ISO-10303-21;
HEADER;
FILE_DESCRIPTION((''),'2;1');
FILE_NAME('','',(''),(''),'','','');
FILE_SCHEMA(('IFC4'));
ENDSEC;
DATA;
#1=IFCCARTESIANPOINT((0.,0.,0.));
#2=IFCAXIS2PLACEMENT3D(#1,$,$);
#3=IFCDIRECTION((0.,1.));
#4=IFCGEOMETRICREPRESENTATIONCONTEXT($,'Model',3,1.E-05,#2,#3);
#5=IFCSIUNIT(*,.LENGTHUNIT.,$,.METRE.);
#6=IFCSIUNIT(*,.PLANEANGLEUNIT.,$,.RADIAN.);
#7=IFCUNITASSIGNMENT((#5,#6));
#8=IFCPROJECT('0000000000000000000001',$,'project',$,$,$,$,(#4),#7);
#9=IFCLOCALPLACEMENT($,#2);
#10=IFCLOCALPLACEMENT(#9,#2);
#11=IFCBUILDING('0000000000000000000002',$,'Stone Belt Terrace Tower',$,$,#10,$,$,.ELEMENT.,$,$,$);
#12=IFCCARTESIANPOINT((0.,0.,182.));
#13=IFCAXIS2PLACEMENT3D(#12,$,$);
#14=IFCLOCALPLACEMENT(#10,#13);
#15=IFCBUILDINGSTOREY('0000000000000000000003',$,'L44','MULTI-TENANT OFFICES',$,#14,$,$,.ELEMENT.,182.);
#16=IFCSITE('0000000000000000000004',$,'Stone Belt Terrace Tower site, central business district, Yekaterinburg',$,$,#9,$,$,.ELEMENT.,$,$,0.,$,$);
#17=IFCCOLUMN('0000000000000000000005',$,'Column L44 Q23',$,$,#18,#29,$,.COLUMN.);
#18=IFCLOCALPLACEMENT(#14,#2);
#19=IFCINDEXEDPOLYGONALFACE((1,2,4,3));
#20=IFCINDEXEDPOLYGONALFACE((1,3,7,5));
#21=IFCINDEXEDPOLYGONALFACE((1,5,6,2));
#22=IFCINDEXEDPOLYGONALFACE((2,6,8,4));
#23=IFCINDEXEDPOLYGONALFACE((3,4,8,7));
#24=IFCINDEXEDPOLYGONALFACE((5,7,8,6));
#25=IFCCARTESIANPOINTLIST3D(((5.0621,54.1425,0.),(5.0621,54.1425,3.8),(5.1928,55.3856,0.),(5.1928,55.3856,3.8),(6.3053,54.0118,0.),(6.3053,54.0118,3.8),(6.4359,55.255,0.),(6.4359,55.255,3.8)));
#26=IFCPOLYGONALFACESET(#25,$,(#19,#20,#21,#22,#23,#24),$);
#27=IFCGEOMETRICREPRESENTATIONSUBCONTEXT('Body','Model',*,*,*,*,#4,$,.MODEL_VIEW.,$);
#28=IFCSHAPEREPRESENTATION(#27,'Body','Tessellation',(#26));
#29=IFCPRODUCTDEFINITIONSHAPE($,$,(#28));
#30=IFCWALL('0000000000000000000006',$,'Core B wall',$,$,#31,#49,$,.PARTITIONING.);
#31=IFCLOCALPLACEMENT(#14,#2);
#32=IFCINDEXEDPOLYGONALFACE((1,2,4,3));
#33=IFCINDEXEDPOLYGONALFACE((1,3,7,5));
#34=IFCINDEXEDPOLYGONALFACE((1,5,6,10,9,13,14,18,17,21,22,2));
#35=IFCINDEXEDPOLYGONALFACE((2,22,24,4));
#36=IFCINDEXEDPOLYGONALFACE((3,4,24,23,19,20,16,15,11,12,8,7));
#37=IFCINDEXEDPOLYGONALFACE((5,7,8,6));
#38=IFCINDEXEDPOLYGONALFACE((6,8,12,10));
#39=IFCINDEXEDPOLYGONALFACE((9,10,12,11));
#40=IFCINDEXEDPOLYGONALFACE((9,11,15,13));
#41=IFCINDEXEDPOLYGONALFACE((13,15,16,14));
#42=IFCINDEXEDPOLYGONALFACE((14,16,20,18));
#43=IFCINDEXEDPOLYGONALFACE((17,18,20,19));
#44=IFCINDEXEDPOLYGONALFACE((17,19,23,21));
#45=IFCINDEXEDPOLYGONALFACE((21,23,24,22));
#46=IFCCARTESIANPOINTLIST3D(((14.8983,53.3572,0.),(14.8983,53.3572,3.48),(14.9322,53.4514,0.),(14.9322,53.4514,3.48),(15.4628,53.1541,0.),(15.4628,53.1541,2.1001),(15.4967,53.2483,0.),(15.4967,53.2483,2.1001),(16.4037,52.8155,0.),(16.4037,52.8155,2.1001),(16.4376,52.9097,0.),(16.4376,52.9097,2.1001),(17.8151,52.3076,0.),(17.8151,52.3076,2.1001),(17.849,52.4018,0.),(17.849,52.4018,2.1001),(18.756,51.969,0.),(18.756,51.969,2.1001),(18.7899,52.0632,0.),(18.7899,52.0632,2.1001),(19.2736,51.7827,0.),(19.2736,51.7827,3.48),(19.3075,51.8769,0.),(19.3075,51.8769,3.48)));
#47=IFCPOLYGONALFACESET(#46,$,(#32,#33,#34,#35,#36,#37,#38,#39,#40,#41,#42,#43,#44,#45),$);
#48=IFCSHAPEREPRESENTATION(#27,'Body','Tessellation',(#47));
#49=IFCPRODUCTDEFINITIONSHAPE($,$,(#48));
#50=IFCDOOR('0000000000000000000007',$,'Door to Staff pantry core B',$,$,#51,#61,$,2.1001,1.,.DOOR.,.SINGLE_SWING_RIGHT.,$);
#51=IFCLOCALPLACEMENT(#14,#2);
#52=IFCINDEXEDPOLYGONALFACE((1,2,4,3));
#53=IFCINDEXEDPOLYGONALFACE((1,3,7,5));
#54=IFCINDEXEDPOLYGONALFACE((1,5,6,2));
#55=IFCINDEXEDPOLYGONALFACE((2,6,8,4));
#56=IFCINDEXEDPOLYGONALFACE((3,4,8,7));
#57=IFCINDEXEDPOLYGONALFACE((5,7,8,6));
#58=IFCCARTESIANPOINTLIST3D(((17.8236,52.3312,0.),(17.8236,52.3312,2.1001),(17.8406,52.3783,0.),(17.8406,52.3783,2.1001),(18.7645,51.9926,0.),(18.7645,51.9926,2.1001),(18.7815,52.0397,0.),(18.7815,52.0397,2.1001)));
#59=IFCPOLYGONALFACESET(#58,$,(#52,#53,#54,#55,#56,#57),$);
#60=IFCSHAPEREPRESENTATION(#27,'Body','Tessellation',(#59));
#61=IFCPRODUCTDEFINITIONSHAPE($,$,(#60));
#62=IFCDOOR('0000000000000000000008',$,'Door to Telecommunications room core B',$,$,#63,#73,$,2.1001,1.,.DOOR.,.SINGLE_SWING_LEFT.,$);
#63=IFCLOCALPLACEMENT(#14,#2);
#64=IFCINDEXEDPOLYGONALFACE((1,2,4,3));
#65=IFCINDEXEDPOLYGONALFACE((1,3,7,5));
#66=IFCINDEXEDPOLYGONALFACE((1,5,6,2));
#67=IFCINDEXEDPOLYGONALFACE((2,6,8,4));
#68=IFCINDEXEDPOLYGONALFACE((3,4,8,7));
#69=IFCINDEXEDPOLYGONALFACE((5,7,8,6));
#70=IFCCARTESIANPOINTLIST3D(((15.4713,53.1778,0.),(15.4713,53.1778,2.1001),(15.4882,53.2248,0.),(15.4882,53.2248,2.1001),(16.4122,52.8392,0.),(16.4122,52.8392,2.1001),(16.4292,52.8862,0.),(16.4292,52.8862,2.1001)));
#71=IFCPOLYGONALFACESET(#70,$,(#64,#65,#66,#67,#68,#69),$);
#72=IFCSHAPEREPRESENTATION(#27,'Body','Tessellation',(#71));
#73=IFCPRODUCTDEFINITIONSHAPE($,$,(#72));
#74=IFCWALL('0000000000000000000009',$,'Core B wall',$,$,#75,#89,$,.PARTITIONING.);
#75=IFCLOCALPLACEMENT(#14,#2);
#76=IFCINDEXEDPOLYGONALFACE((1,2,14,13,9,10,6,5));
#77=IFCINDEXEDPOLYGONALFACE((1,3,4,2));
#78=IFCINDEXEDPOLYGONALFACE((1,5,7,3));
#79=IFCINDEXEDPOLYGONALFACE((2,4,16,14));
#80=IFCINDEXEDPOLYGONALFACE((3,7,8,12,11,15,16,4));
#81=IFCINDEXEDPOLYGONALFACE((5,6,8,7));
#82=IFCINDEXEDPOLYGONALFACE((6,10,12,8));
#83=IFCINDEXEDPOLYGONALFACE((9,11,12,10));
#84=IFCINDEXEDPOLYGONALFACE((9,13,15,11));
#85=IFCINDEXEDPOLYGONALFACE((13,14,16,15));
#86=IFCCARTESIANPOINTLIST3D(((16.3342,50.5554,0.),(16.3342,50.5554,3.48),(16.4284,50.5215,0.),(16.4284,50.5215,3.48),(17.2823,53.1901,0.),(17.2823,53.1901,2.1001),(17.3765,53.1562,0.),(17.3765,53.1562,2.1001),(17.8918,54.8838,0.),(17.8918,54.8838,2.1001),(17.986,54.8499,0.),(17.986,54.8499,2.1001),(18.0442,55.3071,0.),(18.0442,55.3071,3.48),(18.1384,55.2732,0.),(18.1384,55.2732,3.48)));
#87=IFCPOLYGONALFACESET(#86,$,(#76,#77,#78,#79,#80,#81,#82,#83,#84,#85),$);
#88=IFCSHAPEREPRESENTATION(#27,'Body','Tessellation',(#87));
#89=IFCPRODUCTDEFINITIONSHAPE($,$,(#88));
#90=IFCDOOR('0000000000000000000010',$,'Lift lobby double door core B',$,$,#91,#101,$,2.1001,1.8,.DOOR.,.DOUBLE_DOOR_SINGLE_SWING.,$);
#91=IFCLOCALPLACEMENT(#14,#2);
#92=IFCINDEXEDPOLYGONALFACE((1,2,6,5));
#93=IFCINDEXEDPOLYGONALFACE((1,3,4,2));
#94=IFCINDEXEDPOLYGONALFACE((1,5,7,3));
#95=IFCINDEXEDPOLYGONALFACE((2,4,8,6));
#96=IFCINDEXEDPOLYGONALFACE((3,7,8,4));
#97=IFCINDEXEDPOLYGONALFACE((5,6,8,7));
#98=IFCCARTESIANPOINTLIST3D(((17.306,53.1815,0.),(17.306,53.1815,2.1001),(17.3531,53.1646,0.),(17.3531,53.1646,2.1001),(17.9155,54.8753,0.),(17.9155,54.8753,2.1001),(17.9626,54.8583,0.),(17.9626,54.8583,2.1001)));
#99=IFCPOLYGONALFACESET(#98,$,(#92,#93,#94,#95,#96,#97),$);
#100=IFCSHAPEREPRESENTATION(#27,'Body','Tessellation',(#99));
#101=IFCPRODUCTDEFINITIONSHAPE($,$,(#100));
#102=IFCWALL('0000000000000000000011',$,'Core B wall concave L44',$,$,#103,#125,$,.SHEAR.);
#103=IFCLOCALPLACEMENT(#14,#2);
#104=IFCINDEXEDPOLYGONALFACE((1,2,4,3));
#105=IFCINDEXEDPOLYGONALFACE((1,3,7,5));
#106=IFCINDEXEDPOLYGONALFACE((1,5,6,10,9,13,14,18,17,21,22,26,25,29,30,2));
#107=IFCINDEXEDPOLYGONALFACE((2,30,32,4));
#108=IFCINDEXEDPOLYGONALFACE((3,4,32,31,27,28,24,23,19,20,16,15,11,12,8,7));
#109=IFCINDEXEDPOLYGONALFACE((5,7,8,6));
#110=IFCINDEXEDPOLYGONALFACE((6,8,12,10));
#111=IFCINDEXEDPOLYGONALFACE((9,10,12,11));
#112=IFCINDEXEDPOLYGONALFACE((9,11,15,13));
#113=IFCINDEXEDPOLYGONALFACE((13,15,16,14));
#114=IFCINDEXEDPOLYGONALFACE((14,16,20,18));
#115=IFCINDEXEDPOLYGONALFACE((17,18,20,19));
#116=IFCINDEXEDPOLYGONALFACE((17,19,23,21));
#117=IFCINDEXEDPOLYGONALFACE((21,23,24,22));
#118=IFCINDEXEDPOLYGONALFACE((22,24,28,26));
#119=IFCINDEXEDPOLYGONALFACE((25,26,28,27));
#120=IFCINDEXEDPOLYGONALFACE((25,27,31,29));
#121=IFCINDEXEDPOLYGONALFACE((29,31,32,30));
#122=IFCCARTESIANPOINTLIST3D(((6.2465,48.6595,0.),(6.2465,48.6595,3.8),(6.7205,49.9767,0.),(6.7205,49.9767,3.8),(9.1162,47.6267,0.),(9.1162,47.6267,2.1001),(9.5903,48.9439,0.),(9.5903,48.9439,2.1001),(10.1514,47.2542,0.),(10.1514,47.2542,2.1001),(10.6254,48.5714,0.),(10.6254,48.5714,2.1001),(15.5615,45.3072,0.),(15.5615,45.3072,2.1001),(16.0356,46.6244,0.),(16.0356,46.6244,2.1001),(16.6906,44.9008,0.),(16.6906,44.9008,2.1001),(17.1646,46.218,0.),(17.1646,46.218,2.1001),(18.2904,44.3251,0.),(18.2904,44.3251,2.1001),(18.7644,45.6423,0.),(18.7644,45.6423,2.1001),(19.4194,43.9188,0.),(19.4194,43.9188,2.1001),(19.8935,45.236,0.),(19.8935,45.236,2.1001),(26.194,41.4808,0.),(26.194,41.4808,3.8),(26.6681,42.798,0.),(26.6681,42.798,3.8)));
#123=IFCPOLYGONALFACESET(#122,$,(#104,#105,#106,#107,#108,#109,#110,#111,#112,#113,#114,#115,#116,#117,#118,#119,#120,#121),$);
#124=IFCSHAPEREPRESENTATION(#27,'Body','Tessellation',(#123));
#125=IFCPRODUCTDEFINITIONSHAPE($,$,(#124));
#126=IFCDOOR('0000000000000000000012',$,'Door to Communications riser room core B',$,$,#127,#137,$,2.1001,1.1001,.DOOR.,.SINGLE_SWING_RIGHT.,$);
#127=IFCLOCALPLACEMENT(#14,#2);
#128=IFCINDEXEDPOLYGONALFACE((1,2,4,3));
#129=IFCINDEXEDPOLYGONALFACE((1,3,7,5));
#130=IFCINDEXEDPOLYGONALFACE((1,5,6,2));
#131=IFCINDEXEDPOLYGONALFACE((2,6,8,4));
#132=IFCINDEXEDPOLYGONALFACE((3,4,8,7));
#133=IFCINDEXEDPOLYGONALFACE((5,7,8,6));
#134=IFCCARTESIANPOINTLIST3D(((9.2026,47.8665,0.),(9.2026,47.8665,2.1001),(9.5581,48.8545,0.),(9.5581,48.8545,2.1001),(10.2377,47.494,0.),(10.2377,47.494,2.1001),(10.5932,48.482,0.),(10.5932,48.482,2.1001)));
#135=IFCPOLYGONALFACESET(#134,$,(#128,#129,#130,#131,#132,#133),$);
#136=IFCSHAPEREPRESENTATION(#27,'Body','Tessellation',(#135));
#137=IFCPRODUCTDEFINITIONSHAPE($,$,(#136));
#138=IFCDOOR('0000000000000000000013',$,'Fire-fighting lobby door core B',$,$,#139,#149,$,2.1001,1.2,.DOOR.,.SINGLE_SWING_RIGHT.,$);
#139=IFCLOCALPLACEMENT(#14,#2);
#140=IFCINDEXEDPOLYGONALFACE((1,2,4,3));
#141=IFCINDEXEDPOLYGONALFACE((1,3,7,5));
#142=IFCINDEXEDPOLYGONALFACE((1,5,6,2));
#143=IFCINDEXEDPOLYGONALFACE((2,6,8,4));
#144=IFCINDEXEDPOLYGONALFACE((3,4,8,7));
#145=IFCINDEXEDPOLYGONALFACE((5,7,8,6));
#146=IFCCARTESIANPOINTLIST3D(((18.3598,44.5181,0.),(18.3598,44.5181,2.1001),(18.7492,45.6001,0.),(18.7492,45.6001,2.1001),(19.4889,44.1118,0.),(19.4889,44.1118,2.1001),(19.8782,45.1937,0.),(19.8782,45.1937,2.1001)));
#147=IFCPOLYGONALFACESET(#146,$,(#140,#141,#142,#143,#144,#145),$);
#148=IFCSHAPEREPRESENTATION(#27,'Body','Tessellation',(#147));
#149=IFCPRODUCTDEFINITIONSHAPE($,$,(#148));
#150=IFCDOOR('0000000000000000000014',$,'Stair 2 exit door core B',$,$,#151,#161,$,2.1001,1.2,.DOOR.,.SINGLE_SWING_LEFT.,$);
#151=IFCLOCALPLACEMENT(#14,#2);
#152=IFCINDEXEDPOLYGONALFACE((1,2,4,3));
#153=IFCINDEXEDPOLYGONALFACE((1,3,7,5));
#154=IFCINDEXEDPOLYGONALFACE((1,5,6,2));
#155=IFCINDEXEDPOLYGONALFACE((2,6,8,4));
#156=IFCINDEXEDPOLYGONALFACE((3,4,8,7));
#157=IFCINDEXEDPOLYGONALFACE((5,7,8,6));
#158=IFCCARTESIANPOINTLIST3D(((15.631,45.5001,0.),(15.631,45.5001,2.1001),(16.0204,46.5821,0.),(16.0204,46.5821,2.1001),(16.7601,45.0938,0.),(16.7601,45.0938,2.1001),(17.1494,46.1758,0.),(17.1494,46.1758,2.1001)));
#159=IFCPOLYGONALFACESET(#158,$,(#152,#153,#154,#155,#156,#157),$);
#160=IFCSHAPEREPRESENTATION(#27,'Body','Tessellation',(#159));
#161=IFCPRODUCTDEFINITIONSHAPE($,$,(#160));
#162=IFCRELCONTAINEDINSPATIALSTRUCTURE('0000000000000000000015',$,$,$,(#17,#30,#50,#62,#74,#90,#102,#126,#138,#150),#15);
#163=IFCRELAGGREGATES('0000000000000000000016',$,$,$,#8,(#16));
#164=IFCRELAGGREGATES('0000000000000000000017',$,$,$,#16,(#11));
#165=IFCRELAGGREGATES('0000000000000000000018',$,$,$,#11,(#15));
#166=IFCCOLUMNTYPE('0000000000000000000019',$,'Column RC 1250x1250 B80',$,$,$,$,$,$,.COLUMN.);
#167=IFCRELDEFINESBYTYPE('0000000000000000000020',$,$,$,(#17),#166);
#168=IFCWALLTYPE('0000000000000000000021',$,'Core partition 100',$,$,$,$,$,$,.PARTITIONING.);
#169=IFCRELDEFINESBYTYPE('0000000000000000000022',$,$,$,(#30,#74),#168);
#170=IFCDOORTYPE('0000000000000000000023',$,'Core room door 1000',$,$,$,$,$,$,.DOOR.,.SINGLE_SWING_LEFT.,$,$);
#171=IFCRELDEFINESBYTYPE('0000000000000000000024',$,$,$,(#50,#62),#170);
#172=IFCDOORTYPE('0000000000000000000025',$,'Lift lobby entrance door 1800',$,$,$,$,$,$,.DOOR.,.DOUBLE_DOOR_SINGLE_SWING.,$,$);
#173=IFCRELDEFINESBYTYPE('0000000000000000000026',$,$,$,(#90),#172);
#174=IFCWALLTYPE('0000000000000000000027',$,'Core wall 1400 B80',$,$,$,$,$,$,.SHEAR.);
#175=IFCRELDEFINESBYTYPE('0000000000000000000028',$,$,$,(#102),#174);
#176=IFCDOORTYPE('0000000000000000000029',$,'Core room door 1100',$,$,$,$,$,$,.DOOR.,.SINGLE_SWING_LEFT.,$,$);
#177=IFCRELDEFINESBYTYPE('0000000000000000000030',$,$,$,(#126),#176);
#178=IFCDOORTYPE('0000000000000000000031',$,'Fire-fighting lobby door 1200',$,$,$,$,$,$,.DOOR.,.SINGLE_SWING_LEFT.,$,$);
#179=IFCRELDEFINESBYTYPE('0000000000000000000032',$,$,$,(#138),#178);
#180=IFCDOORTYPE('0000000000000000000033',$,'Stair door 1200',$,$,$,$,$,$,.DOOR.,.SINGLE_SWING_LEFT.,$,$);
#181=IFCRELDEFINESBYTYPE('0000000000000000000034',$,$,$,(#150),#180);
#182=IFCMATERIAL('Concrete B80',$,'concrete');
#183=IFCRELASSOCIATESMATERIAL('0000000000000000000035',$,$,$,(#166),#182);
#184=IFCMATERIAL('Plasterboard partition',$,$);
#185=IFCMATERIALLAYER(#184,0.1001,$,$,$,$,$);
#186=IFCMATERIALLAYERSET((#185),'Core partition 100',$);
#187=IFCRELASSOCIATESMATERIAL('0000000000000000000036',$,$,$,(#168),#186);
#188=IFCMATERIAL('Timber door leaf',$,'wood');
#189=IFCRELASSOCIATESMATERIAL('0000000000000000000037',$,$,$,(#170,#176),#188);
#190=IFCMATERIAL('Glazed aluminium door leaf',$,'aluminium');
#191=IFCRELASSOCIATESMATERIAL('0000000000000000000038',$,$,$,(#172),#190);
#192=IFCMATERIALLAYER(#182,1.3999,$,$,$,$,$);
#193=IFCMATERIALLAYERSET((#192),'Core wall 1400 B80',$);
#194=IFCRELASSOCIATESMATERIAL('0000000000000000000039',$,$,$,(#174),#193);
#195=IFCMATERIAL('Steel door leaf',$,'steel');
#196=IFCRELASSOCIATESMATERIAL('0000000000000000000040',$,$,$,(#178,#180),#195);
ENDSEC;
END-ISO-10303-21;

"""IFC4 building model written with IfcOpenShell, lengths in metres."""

from ifc_helpers import new_model, si_unit, direction, frame, frame_2d, origin, origin_2d, place, context, subcontext, project, spatial, rectangle, extrude, material, layer, layer_set, material_profile, profile_set, type_object, element, fill, save


model = new_model("IFC4")

# Units and contexts
model_context = context("Model", 3, precision=1e-05, world=origin(), true_north=direction((0.0, 1.0)))
body_context = subcontext(model_context, "Body", "Model", "MODEL_VIEW")
ifc_project = project(units=[si_unit("LENGTHUNIT", "METRE"), si_unit("PLANEANGLEUNIT", "RADIAN")], contexts=[model_context])

# Site, building, storey
site_placement = place(None, origin())
site = spatial("IfcSite", under=ifc_project, at=site_placement, Name="Stone Belt Terrace Tower site, central business district, Yekaterinburg", CompositionType="ELEMENT", RefElevation=0.0)
building_placement = place(site_placement, origin())
building = spatial("IfcBuilding", under=site, at=building_placement, Name="Stone Belt Terrace Tower", CompositionType="ELEMENT")
storey_placement = place(building_placement, frame((0.0, 0.0, 182.0)))
storey = spatial("IfcBuildingStorey", under=building, at=storey_placement, Name="L44", Description="MULTI-TENANT OFFICES", CompositionType="ELEMENT", Elevation=182.0)

# Column
ifc_material_1 = material(Name="Concrete B80", Category="concrete")
ifc_material_profile = material_profile(ifc_material_1, rectangle(XDim=1.25, YDim=1.25, at=origin_2d()), Name="RC 1250x1250")
ifc_profile_set = profile_set([ifc_material_profile], Name="Concrete B80")
column_type = type_object("IfcColumnType", Name="Column RC 1250x1250 B80", PredefinedType="COLUMN", material=ifc_profile_set)
column_placement = place(storey_placement, frame((5.749, 54.6987, 0.0), z_axis=(0.0, 0.0, 1.0), x_axis=(0.994522, -0.104528, 0.0)))
element("IfcColumn", 1, at=column_placement, inside=storey, type_object=column_type, Name="Column L44 Q23", PredefinedType="COLUMN", context=body_context, shape_type="SweptSolid", body=[
    extrude(rectangle(XDim=1.25, YDim=1.25, at=origin_2d()), origin(), (0.0, 0.0, 1.0), 3.8),
])

# Wall, openings, doors
ifc_material_2 = material(Name="Plasterboard partition")
ifc_layer_1 = layer(ifc_material_2, 0.1001)
ifc_layer_set_1 = layer_set([ifc_layer_1], Name="Core partition 100")
wall_type_1 = type_object("IfcWallType", Name="Core partition 100", PredefinedType="PARTITIONING", material=ifc_layer_set_1)
wall_1_placement = place(storey_placement, frame((19.2905, 51.8298, 0.0), z_axis=(0.0, 0.0, 1.0), x_axis=(-0.94093, 0.3386, 0.0)))
wall_1 = element("IfcWall", 2, at=wall_1_placement, inside=storey, type_object=wall_type_1, Name="Core B wall", PredefinedType="PARTITIONING", context=body_context, shape_type="SweptSolid", body=[
    extrude(rectangle(XDim=4.6499, YDim=0.1001, at=frame_2d((2.325, 0.0))), origin(), (0.0, 0.0, 1.0), 3.48),
])
opening_1_placement = place(wall_1_placement, frame((0.55, 0.0, 0.0)))
opening_1 = element("IfcOpeningElement", 3, at=opening_1_placement, cuts=wall_1, PredefinedType="OPENING", context=body_context, shape_type="SweptSolid", body=[
    extrude(rectangle(XDim=1.0, YDim=2.1001, at=frame_2d((0.5, 1.05))), frame((0.0, 0.0601, 0.0), z_axis=(0.0, -1.0, 0.0), x_axis=(1.0, 0.0, 0.0)), (0.0, 0.0, 1.0), 0.1201),
])
opening_2_placement = place(wall_1_placement, frame((3.05, 0.0, 0.0)))
opening_2 = element("IfcOpeningElement", 4, at=opening_2_placement, cuts=wall_1, PredefinedType="OPENING", context=body_context, shape_type="SweptSolid", body=[
    extrude(rectangle(XDim=1.0, YDim=2.1001, at=frame_2d((0.5, 1.05))), frame((0.0, 0.0601, 0.0), z_axis=(0.0, -1.0, 0.0), x_axis=(1.0, 0.0, 0.0)), (0.0, 0.0, 1.0), 0.1201),
])
ifc_material_3 = material(Name="Timber door leaf", Category="wood")
door_type_1 = type_object("IfcDoorType", Name="Core room door 1000", OperationType="SINGLE_SWING_LEFT", PredefinedType="DOOR", material=ifc_material_3)
door_1_placement = place(opening_1_placement, origin())
door_1 = element("IfcDoor", 5, at=door_1_placement, inside=storey, type_object=door_type_1, Name="Door to Staff pantry core B", OperationType="SINGLE_SWING_RIGHT", OverallHeight=2.1001, OverallWidth=1.0, PredefinedType="DOOR", context=body_context, shape_type="SweptSolid", body=[
    extrude(rectangle(XDim=1.0, YDim=2.1001, at=frame_2d((0.5, 1.05))), frame((0.0, 0.0249, 0.0), z_axis=(0.0, -1.0, 0.0), x_axis=(1.0, 0.0, 0.0)), (0.0, 0.0, 1.0), 0.05),
])
fill(opening_1, door_1)
door_2_placement = place(opening_2_placement, origin())
door_2 = element("IfcDoor", 6, at=door_2_placement, inside=storey, type_object=door_type_1, Name="Door to Telecommunications room core B", OperationType="SINGLE_SWING_LEFT", OverallHeight=2.1001, OverallWidth=1.0, PredefinedType="DOOR", context=body_context, shape_type="SweptSolid", body=[
    extrude(rectangle(XDim=1.0, YDim=2.1001, at=frame_2d((0.5, 1.05))), frame((0.0, 0.0249, 0.0), z_axis=(0.0, -1.0, 0.0), x_axis=(1.0, 0.0, 0.0)), (0.0, 0.0, 1.0), 0.05),
])
fill(opening_2, door_2)

# Wall, opening, door
wall_2_placement = place(storey_placement, frame((16.3813, 50.5386, 0.0), z_axis=(0.0, 0.0, 1.0), x_axis=(0.338605, 0.940929, 0.0)))
wall_2 = element("IfcWall", 7, at=wall_2_placement, inside=storey, type_object=wall_type_1, Name="Core B wall", PredefinedType="PARTITIONING", context=body_context, shape_type="SweptSolid", body=[
    extrude(rectangle(XDim=5.05, YDim=0.1001, at=frame_2d((2.5249, 0.0))), origin(), (0.0, 0.0, 1.0), 3.48),
])
opening_3_placement = place(wall_2_placement, frame((2.8, 0.0, 0.0)))
opening_3 = element("IfcOpeningElement", 8, at=opening_3_placement, cuts=wall_2, PredefinedType="OPENING", context=body_context, shape_type="SweptSolid", body=[
    extrude(rectangle(XDim=1.8, YDim=2.1001, at=frame_2d((0.8999, 1.05))), frame((0.0, 0.0601, 0.0), z_axis=(0.0, -1.0, 0.0), x_axis=(1.0, 0.0, 0.0)), (0.0, 0.0, 1.0), 0.1201),
])
ifc_material_4 = material(Name="Glazed aluminium door leaf", Category="aluminium")
door_type_2 = type_object("IfcDoorType", Name="Lift lobby entrance door 1800", OperationType="DOUBLE_DOOR_SINGLE_SWING", PredefinedType="DOOR", material=ifc_material_4)
door_3_placement = place(opening_3_placement, origin())
door_3 = element("IfcDoor", 9, at=door_3_placement, inside=storey, type_object=door_type_2, Name="Lift lobby double door core B", OperationType="DOUBLE_DOOR_SINGLE_SWING", OverallHeight=2.1001, OverallWidth=1.8, PredefinedType="DOOR", context=body_context, shape_type="SweptSolid", body=[
    extrude(rectangle(XDim=1.8, YDim=2.1001, at=frame_2d((0.8999, 1.05))), frame((0.0, 0.0249, 0.0), z_axis=(0.0, -1.0, 0.0), x_axis=(1.0, 0.0, 0.0)), (0.0, 0.0, 1.0), 0.05),
])
fill(opening_3, door_3)

# Wall, openings, doors
ifc_layer_2 = layer(ifc_material_1, 1.3999)
ifc_layer_set_2 = layer_set([ifc_layer_2], Name="Core wall 1400 B80")
wall_type_2 = type_object("IfcWallType", Name="Core wall 1400 B80", PredefinedType="SHEAR", material=ifc_layer_set_2)
wall_3_placement = place(storey_placement, frame((6.4834, 49.3181, 0.0), z_axis=(0.0, 0.0, 1.0), x_axis=(0.940923, -0.33862, 0.0)))
wall_3 = element("IfcWall", 10, at=wall_3_placement, inside=storey, type_object=wall_type_2, Name="Core B wall concave L44", PredefinedType="SHEAR", context=body_context, shape_type="SweptSolid", body=[
    extrude(rectangle(XDim=21.2, YDim=1.3999, at=frame_2d((10.6001, 0.0))), origin(), (0.0, 0.0, 1.0), 3.8),
])
opening_4_placement = place(wall_3_placement, frame((12.8, 0.0, 0.0)))
opening_4 = element("IfcOpeningElement", 11, at=opening_4_placement, cuts=wall_3, PredefinedType="OPENING", context=body_context, shape_type="SweptSolid", body=[
    extrude(rectangle(XDim=1.2, YDim=2.1001, at=frame_2d((0.6001, 1.05))), frame((0.0, 0.71, 0.0), z_axis=(0.0, -1.0, 0.0), x_axis=(1.0, 0.0, 0.0)), (0.0, 0.0, 1.0), 1.4199),
])
opening_5_placement = place(wall_3_placement, frame((9.8999, 0.0, 0.0)))
opening_5 = element("IfcOpeningElement", 12, at=opening_5_placement, cuts=wall_3, PredefinedType="OPENING", context=body_context, shape_type="SweptSolid", body=[
    extrude(rectangle(XDim=1.2, YDim=2.1001, at=frame_2d((0.6001, 1.05))), frame((0.0, 0.71, 0.0), z_axis=(0.0, -1.0, 0.0), x_axis=(1.0, 0.0, 0.0)), (0.0, 0.0, 1.0), 1.4199),
])
opening_6_placement = place(wall_3_placement, frame((3.05, 0.0, 0.0)))
opening_6 = element("IfcOpeningElement", 13, at=opening_6_placement, cuts=wall_3, PredefinedType="OPENING", context=body_context, shape_type="SweptSolid", body=[
    extrude(rectangle(XDim=1.1001, YDim=2.1001, at=frame_2d((0.55, 1.05))), frame((0.0, 0.71, 0.0), z_axis=(0.0, -1.0, 0.0), x_axis=(1.0, 0.0, 0.0)), (0.0, 0.0, 1.0), 1.4199),
])
door_type_3 = type_object("IfcDoorType", Name="Core room door 1100", OperationType="SINGLE_SWING_LEFT", PredefinedType="DOOR", material=ifc_material_3)
door_4_placement = place(opening_6_placement, origin())
door_4 = element("IfcDoor", 14, at=door_4_placement, inside=storey, type_object=door_type_3, Name="Door to Communications riser room core B", OperationType="SINGLE_SWING_RIGHT", OverallHeight=2.1001, OverallWidth=1.1001, PredefinedType="DOOR", context=body_context, shape_type="SweptSolid", body=[
    extrude(rectangle(XDim=1.1001, YDim=2.1001, at=frame_2d((0.55, 1.05))), frame((0.0, 0.605, 0.0), z_axis=(0.0, -1.0, 0.0), x_axis=(1.0, 0.0, 0.0)), (0.0, 0.0, 1.0), 1.05),
])
fill(opening_6, door_4)
ifc_material_5 = material(Name="Steel door leaf", Category="steel")
door_type_4 = type_object("IfcDoorType", Name="Fire-fighting lobby door 1200", OperationType="SINGLE_SWING_LEFT", PredefinedType="DOOR", material=ifc_material_5)
door_5_placement = place(opening_4_placement, origin())
door_5 = element("IfcDoor", 15, at=door_5_placement, inside=storey, type_object=door_type_4, Name="Fire-fighting lobby door core B", OperationType="SINGLE_SWING_RIGHT", OverallHeight=2.1001, OverallWidth=1.2, PredefinedType="DOOR", context=body_context, shape_type="SweptSolid", body=[
    extrude(rectangle(XDim=1.2, YDim=2.1001, at=frame_2d((0.6001, 1.05))), frame((0.0, 0.655, 0.0), z_axis=(0.0, -1.0, 0.0), x_axis=(1.0, 0.0, 0.0)), (0.0, 0.0, 1.0), 1.1499),
])
fill(opening_4, door_5)
door_type_5 = type_object("IfcDoorType", Name="Stair door 1200", OperationType="SINGLE_SWING_LEFT", PredefinedType="DOOR", material=ifc_material_5)
door_6_placement = place(opening_5_placement, origin())
door_6 = element("IfcDoor", 16, at=door_6_placement, inside=storey, type_object=door_type_5, Name="Stair 2 exit door core B", OperationType="SINGLE_SWING_LEFT", OverallHeight=2.1001, OverallWidth=1.2, PredefinedType="DOOR", context=body_context, shape_type="SweptSolid", body=[
    extrude(rectangle(XDim=1.2, YDim=2.1001, at=frame_2d((0.6001, 1.05))), frame((0.0, 0.655, 0.0), z_axis=(0.0, -1.0, 0.0), x_axis=(1.0, 0.0, 0.0)), (0.0, 0.0, 1.0), 1.1499),
])
fill(opening_5, door_6)

save(model, "model.ifc")
